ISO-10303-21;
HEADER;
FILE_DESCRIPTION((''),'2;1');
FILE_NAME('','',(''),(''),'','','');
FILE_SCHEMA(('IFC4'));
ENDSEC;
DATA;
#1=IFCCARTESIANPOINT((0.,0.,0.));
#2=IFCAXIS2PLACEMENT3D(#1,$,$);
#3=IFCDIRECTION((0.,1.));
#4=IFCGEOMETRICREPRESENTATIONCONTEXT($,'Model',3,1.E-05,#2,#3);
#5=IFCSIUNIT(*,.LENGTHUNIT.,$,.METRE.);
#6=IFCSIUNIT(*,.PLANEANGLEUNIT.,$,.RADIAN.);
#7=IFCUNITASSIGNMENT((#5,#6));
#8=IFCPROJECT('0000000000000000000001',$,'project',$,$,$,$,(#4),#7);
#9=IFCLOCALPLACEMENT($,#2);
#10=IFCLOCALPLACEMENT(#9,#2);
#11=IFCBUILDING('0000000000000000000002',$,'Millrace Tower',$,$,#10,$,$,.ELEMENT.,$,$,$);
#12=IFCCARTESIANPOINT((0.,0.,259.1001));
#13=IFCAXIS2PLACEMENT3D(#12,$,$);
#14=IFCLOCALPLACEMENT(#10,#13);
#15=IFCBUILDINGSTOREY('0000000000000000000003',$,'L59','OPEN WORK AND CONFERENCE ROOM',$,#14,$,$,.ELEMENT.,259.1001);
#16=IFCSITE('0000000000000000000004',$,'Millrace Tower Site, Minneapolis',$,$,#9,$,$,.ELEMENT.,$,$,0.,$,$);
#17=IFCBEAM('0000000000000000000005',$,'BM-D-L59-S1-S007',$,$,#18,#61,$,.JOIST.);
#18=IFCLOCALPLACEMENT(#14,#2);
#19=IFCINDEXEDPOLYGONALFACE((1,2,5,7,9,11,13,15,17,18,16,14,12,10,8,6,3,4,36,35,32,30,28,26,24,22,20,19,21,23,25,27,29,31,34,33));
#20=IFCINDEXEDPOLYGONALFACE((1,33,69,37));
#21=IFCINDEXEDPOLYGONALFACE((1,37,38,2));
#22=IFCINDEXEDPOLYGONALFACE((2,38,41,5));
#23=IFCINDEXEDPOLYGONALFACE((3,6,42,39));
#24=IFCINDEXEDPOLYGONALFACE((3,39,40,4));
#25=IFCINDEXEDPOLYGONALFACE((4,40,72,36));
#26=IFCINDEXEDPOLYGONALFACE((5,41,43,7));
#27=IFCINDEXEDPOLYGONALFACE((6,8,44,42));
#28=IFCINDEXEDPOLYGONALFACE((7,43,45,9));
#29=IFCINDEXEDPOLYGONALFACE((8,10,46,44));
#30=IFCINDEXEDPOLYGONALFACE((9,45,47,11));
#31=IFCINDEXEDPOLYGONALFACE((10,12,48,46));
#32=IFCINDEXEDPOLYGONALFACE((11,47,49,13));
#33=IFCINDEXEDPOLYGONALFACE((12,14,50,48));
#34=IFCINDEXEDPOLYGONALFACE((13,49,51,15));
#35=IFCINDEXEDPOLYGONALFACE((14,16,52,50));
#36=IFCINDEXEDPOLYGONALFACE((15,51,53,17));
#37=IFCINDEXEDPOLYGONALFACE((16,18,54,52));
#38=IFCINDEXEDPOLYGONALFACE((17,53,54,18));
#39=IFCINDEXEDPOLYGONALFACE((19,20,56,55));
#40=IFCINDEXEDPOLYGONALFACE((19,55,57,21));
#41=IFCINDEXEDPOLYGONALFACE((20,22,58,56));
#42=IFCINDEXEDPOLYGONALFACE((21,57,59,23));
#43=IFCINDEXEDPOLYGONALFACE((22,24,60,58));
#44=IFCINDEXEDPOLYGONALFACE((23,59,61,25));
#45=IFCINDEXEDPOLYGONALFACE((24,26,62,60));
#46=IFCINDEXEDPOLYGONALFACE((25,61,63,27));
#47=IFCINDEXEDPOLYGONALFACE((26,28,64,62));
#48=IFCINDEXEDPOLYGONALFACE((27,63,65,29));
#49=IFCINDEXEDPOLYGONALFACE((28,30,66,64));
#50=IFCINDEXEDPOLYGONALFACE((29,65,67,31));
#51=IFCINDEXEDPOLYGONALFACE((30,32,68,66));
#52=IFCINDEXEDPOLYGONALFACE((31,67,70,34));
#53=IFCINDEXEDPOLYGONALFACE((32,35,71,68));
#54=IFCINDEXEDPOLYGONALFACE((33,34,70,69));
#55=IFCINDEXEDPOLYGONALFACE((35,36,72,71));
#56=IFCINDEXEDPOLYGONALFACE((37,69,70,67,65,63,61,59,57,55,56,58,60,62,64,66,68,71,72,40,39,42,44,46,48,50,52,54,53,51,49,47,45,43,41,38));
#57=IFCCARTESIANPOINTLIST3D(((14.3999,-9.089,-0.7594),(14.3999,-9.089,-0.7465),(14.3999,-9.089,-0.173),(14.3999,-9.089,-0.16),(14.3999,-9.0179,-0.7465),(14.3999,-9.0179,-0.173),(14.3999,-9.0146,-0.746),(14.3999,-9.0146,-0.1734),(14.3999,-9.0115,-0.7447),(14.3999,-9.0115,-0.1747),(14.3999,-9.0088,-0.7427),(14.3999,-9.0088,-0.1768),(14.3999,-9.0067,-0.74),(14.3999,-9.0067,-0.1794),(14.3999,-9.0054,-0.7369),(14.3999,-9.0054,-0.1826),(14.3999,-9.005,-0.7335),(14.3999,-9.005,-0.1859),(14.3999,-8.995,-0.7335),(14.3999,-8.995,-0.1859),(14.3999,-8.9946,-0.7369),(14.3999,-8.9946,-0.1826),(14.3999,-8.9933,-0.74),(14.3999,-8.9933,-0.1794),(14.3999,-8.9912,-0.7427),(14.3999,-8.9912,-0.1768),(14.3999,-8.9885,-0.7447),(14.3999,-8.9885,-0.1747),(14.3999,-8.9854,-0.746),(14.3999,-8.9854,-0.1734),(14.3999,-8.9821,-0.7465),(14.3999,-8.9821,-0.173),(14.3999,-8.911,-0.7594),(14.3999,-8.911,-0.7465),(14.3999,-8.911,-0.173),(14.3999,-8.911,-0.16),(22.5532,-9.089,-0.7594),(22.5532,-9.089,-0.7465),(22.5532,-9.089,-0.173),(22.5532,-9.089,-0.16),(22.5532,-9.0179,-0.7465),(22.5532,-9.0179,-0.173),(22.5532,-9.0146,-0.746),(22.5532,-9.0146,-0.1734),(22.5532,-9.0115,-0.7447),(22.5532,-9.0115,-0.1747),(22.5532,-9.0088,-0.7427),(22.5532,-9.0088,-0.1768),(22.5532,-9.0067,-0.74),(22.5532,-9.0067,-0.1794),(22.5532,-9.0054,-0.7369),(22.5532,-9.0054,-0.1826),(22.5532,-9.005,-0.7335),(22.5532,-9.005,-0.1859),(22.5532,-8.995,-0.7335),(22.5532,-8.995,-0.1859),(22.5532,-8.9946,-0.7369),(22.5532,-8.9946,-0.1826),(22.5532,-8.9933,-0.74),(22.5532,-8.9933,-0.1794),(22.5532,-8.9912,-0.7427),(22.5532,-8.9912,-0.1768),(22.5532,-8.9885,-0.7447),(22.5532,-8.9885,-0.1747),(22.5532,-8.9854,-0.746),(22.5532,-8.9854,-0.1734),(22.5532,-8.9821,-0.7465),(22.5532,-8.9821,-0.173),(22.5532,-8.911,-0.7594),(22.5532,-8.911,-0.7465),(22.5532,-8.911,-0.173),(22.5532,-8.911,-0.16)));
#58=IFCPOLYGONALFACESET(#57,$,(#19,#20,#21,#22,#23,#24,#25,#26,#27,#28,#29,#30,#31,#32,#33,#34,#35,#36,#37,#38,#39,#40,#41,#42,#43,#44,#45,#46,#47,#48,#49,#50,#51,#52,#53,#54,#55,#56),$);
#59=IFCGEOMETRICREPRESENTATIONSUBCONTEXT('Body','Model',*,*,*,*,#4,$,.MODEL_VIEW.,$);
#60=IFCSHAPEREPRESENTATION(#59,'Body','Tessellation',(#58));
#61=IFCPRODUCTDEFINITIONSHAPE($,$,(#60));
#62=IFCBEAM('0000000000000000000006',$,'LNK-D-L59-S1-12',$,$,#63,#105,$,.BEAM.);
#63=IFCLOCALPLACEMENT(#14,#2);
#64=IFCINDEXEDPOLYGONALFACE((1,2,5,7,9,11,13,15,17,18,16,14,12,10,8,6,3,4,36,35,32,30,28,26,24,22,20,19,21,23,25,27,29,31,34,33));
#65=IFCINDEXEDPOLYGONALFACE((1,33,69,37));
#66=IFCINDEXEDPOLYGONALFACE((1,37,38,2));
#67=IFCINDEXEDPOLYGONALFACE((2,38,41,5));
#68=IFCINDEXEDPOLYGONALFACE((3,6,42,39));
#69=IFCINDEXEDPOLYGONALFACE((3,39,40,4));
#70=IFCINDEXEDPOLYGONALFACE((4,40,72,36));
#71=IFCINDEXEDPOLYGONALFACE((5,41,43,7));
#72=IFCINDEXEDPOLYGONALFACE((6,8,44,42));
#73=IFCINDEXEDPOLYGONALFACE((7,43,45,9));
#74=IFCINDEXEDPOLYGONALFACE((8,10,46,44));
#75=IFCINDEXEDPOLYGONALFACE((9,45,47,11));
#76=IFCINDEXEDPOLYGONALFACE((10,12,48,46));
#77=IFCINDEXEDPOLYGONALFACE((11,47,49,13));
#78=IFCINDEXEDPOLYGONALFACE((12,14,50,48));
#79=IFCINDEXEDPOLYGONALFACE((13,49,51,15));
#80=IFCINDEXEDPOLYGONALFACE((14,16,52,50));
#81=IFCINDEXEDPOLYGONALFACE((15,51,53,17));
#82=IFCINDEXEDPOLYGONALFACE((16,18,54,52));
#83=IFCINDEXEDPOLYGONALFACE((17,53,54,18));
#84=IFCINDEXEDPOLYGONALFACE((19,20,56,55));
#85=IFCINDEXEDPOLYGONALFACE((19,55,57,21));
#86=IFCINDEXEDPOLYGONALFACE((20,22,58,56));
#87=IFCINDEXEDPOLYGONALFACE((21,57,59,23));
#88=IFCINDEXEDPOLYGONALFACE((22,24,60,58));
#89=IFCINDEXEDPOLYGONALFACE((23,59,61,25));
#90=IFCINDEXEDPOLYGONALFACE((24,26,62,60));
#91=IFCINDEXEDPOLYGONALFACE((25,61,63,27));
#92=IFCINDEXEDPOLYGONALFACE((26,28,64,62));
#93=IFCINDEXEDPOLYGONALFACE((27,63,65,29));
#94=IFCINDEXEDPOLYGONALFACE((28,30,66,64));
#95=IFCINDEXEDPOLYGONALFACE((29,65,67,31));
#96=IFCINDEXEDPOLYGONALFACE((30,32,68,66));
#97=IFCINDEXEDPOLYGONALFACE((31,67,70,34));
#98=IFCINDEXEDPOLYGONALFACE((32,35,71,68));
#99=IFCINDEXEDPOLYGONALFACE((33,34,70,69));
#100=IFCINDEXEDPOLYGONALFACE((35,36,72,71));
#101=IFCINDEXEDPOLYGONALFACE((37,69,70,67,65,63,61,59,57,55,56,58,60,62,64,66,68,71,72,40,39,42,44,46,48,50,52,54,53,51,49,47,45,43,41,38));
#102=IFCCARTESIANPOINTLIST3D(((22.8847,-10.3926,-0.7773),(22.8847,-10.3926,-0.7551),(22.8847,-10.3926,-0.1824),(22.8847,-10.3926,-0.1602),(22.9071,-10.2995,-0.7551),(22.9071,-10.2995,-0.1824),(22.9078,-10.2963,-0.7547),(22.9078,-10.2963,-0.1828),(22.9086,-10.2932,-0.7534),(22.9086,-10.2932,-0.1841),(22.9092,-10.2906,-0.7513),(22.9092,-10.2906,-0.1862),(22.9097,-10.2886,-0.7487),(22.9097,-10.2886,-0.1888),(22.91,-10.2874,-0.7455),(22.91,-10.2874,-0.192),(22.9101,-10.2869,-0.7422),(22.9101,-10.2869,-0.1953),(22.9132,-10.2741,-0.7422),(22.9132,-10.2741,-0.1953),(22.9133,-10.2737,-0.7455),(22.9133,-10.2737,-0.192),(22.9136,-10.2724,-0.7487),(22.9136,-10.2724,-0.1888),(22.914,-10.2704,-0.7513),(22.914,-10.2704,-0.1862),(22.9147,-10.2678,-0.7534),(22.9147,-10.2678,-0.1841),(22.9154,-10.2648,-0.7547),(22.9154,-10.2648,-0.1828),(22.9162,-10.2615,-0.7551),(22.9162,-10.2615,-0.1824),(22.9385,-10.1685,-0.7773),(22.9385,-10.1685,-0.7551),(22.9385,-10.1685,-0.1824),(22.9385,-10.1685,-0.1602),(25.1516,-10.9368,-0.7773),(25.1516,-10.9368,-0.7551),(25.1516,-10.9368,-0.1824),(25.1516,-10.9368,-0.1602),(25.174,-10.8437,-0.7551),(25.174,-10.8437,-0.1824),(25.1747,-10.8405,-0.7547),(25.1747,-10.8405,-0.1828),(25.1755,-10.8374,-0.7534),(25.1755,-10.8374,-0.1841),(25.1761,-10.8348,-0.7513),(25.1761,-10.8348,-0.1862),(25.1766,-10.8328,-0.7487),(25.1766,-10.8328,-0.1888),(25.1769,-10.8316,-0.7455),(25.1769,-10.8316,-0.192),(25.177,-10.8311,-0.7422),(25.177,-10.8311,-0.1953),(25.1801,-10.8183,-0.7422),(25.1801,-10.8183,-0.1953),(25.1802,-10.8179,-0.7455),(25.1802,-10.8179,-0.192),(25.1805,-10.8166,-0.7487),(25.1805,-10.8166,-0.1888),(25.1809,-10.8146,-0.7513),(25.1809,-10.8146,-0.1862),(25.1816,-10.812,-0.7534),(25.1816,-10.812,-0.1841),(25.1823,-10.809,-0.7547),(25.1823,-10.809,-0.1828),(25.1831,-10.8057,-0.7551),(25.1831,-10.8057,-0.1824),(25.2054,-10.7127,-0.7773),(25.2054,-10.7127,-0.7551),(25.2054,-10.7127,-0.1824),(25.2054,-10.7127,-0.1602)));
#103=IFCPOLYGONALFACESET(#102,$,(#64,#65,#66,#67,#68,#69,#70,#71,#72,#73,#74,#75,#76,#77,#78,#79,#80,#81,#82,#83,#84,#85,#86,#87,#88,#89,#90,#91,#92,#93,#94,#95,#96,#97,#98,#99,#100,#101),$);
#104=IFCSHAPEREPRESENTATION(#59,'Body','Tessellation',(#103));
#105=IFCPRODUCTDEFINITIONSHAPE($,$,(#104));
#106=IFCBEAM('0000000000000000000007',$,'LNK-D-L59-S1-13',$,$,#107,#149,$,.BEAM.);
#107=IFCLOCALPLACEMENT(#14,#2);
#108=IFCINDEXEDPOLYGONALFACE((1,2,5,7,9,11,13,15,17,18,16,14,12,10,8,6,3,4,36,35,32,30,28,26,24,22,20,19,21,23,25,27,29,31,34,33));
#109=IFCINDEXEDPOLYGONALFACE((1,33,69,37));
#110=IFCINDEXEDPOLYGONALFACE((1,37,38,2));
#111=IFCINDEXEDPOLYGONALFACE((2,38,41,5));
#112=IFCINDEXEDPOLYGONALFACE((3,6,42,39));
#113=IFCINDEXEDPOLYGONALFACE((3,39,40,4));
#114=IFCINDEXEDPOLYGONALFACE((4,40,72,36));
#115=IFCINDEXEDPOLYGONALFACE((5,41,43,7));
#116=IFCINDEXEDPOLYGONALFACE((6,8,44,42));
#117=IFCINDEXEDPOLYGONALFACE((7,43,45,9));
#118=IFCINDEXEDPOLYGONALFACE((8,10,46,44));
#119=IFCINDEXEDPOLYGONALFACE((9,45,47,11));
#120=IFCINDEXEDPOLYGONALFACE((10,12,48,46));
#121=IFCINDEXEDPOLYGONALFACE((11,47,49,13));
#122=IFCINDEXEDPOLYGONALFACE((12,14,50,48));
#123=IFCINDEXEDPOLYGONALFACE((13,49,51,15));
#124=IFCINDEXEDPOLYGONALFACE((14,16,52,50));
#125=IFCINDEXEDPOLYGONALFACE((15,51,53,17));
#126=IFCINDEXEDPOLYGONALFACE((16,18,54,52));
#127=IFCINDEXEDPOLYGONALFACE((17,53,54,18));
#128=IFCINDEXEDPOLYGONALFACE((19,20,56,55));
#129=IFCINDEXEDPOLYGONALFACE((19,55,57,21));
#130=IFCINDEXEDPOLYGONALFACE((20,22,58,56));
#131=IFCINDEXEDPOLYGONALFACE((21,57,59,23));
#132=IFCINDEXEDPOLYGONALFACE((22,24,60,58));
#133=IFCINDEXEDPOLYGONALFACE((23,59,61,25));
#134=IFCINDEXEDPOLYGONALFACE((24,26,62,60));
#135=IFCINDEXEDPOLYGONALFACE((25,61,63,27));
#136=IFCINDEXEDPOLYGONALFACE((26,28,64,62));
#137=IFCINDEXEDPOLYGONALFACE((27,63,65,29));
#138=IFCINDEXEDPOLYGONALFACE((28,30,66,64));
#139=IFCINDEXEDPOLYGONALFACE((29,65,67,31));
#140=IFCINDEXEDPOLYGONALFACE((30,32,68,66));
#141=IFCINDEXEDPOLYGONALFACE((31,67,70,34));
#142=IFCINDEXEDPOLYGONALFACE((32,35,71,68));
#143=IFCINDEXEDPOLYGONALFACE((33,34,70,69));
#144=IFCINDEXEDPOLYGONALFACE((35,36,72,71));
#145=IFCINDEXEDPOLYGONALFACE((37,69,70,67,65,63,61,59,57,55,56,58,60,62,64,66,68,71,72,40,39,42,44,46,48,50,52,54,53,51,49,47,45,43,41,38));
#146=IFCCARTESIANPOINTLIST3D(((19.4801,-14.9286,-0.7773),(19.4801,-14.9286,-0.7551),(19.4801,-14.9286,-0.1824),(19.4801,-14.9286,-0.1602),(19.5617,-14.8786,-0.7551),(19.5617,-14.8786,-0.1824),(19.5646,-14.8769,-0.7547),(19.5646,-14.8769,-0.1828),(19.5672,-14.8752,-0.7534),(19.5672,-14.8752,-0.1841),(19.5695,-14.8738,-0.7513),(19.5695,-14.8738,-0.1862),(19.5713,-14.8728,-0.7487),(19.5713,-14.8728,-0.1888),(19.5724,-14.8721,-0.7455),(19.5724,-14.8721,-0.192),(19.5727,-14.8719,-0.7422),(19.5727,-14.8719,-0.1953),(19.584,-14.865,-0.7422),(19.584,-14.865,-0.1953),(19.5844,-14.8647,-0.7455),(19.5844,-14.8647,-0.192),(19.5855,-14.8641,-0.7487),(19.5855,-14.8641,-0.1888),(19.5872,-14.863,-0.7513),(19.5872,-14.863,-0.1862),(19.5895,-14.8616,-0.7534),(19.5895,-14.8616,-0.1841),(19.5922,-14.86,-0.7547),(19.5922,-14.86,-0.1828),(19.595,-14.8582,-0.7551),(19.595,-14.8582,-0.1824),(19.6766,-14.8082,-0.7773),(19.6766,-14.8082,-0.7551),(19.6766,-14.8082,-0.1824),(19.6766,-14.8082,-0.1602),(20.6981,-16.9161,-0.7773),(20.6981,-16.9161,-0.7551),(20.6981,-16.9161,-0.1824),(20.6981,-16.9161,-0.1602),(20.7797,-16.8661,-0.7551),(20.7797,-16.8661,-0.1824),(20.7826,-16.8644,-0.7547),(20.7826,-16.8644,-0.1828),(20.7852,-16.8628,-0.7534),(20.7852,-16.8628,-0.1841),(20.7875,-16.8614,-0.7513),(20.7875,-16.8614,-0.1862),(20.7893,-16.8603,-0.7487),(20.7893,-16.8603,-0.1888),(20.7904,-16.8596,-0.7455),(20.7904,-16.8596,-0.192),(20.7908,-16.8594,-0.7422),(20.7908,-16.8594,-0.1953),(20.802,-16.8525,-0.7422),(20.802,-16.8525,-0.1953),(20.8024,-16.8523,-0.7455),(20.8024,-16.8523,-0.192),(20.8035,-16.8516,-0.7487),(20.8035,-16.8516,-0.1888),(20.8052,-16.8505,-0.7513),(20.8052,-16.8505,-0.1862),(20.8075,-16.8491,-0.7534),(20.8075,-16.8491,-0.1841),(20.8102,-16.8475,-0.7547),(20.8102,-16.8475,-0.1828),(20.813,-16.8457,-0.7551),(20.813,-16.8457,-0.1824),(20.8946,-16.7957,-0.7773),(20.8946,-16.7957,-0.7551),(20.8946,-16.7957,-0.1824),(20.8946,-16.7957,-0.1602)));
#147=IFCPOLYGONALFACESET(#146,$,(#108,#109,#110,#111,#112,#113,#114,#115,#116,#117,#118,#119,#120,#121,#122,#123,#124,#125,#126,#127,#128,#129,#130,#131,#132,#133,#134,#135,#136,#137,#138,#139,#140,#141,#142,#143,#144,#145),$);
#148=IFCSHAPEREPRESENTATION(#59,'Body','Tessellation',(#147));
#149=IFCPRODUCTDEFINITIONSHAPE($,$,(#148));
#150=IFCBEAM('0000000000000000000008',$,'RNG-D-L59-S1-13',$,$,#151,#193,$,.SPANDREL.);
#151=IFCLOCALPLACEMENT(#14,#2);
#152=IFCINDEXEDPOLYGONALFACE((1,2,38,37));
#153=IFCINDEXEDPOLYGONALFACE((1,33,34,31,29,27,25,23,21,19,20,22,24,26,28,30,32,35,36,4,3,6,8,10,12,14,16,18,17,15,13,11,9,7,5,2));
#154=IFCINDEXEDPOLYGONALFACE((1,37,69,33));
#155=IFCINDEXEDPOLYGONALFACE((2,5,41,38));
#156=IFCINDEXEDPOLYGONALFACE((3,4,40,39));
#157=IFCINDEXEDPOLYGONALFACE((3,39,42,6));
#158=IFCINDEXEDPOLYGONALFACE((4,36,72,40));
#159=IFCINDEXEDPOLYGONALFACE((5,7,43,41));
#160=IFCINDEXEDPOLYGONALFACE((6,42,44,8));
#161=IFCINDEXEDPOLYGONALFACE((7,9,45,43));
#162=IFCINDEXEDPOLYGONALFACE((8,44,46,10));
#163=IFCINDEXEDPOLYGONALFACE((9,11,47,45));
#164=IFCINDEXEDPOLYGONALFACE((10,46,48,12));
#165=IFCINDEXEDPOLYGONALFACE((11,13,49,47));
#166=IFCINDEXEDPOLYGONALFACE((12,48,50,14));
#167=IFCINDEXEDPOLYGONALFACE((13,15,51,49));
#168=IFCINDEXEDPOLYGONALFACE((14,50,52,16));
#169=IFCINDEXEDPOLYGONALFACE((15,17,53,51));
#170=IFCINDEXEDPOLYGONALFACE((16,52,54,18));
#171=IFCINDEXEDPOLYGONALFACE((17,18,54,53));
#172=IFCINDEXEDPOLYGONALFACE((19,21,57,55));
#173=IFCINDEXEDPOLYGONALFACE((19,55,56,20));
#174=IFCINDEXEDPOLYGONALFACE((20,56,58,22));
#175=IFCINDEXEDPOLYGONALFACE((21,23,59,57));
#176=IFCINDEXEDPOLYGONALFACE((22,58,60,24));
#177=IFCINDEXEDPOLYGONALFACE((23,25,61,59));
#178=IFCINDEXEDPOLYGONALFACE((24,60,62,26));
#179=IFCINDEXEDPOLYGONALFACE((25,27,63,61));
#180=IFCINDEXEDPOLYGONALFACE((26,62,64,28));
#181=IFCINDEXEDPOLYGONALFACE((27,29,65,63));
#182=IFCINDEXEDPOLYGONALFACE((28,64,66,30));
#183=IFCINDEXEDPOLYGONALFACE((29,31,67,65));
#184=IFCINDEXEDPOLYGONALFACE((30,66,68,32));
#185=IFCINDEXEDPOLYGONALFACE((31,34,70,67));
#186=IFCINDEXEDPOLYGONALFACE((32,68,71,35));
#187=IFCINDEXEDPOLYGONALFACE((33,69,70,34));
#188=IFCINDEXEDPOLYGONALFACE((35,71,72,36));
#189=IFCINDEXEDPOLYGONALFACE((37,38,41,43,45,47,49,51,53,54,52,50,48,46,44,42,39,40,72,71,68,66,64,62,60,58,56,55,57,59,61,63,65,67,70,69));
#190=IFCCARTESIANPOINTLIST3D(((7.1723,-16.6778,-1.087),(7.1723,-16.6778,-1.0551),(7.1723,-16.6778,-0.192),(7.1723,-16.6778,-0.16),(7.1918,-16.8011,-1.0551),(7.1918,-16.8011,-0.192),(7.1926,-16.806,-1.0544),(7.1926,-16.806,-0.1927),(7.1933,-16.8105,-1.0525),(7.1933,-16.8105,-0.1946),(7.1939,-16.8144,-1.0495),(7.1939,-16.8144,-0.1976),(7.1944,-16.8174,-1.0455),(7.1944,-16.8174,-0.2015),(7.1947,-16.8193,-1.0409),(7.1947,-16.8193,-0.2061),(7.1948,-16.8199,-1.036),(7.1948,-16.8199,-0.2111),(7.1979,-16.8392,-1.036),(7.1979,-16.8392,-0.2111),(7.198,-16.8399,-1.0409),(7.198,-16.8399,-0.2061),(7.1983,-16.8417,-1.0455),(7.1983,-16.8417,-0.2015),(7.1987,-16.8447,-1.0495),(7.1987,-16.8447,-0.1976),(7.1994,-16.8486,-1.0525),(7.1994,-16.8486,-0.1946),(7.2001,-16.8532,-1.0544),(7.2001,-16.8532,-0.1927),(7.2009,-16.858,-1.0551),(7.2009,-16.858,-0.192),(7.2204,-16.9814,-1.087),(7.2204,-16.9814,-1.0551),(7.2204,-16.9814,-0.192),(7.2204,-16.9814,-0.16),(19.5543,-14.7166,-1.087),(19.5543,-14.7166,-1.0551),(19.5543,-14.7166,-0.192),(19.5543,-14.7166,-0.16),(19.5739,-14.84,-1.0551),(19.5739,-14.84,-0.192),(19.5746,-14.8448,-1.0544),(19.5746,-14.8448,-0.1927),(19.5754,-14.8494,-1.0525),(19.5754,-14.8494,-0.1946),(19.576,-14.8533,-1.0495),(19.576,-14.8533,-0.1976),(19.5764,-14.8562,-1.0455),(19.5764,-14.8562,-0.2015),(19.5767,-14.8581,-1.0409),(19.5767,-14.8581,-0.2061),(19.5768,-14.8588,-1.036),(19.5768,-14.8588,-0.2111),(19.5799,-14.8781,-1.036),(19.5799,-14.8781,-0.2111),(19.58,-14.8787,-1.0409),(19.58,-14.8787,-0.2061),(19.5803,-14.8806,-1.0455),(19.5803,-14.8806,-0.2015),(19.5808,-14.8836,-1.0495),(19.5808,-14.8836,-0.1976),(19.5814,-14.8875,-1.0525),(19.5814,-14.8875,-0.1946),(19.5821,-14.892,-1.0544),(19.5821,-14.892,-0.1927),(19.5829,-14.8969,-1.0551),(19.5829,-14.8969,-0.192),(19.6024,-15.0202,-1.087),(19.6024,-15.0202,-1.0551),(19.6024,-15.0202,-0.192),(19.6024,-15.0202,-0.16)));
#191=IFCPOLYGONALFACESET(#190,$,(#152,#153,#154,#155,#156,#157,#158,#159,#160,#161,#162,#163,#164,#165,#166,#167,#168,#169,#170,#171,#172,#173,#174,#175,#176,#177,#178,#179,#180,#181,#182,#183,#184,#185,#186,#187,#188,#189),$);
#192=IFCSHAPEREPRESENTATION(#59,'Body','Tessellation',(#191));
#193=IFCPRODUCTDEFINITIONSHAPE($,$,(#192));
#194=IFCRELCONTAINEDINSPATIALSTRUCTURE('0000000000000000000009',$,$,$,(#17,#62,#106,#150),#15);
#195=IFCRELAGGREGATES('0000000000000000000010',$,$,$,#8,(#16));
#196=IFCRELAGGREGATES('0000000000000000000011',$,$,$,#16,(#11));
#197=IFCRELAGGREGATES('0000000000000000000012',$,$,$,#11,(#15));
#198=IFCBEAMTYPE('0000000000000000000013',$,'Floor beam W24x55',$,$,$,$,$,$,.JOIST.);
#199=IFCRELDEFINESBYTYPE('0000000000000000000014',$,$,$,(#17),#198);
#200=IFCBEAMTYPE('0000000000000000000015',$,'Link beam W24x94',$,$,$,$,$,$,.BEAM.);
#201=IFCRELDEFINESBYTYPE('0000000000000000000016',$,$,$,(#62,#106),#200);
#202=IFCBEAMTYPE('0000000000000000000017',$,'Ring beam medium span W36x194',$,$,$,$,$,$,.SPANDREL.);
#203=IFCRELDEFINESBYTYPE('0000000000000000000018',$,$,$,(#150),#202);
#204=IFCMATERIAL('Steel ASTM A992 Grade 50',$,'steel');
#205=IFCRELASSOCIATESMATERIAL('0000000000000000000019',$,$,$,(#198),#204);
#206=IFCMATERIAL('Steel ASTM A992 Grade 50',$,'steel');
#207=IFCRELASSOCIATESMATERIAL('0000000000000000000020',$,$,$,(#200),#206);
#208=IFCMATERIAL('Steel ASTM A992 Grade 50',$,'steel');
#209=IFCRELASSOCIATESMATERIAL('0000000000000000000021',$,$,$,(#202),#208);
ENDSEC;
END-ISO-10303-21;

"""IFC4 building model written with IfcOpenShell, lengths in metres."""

from ifc_helpers import new_model, si_unit, direction, frame, origin, origin_2d, place, context, subcontext, project, spatial, i_section, extrude, material, material_profile, profile_set, type_object, element, save


model = new_model("IFC4")

# Units and contexts
model_context = context("Model", 3, precision=1e-05, world=origin(), true_north=direction((0.0, 1.0)))
body_context = subcontext(model_context, "Body", "Model", "MODEL_VIEW")
ifc_project = project(units=[si_unit("LENGTHUNIT", "METRE"), si_unit("PLANEANGLEUNIT", "RADIAN")], contexts=[model_context])

# Site, building, storey
site_placement = place(None, origin())
site = spatial("IfcSite", under=ifc_project, at=site_placement, Name="Millrace Tower Site, Minneapolis", CompositionType="ELEMENT", RefElevation=0.0)
building_placement = place(site_placement, origin())
building = spatial("IfcBuilding", under=site, at=building_placement, Name="Millrace Tower", CompositionType="ELEMENT")
storey_placement = place(building_placement, frame((0.0, 0.0, 259.1001)))
storey = spatial("IfcBuildingStorey", under=building, at=storey_placement, Name="L59", Description="OPEN WORK AND CONFERENCE ROOM", CompositionType="ELEMENT", Elevation=259.1001)

# Beams
ifc_material_1 = material(Name="Steel ASTM A992 Grade 50", Category="steel")
ifc_material_profile_1 = material_profile(ifc_material_1, i_section(OverallWidth=0.178, OverallDepth=0.5994, WebThickness=0.01, FlangeThickness=0.0129, FilletRadius=0.0129, at=origin_2d()))
ifc_profile_set_1 = profile_set([ifc_material_profile_1], Name="Steel ASTM A992 Grade 50")
beam_type_1 = type_object("IfcBeamType", Name="Floor beam W24x55", PredefinedType="JOIST", material=ifc_profile_set_1)
beam_1_placement = place(storey_placement, frame((14.3999, -9.0, -0.4597), z_axis=(1.0, 0.0, 0.0), x_axis=(0.0, 1.0, 0.0)))
element("IfcBeam", 1, at=beam_1_placement, inside=storey, type_object=beam_type_1, Name="BM-D-L59-S1-S007", PredefinedType="JOIST", context=body_context, shape_type="SweptSolid", body=[
    extrude(i_section(OverallWidth=0.178, OverallDepth=0.5994, WebThickness=0.01, FlangeThickness=0.0129, FilletRadius=0.0129, at=origin_2d()), origin(), (0.0, 0.0, 1.0), 8.1533),
])
ifc_material_2 = material(Name="Steel ASTM A992 Grade 50", Category="steel")
ifc_material_profile_2 = material_profile(ifc_material_2, i_section(OverallWidth=0.2305, OverallDepth=0.6172, WebThickness=0.0132, FlangeThickness=0.0222, FilletRadius=0.0129, at=origin_2d()))
ifc_profile_set_2 = profile_set([ifc_material_profile_2], Name="Steel ASTM A992 Grade 50")
beam_type_2 = type_object("IfcBeamType", Name="Link beam W24x94", PredefinedType="BEAM", material=ifc_profile_set_2)
beam_2_placement = place(storey_placement, frame((22.9116, -10.2805, -0.4688), z_axis=(0.972373, -0.233432, 0.0), x_axis=(0.233432, 0.972373, 0.0)))
element("IfcBeam", 2, at=beam_2_placement, inside=storey, type_object=beam_type_2, Name="LNK-D-L59-S1-12", PredefinedType="BEAM", context=body_context, shape_type="SweptSolid", body=[
    extrude(i_section(OverallWidth=0.2305, OverallDepth=0.6172, WebThickness=0.0132, FlangeThickness=0.0222, FilletRadius=0.0129, at=origin_2d()), origin(), (0.0, 0.0, 1.0), 2.3313),
])
beam_3_placement = place(storey_placement, frame((19.5784, -14.8684, -0.4688), z_axis=(0.522513, -0.852631, 0.0), x_axis=(0.852631, 0.522513, 0.0)))
element("IfcBeam", 3, at=beam_3_placement, inside=storey, type_object=beam_type_2, Name="LNK-D-L59-S1-13", PredefinedType="BEAM", context=body_context, shape_type="SweptSolid", body=[
    extrude(i_section(OverallWidth=0.2305, OverallDepth=0.6172, WebThickness=0.0132, FlangeThickness=0.0222, FilletRadius=0.0129, at=origin_2d()), origin(), (0.0, 0.0, 1.0), 2.3311),
])
ifc_material_3 = material(Name="Steel ASTM A992 Grade 50", Category="steel")
ifc_material_profile_3 = material_profile(ifc_material_3, i_section(OverallWidth=0.3074, OverallDepth=0.927, WebThickness=0.0195, FlangeThickness=0.032, FilletRadius=0.019, at=origin_2d()))
ifc_profile_set_3 = profile_set([ifc_material_profile_3], Name="Steel ASTM A992 Grade 50")
beam_type_3 = type_object("IfcBeamType", Name="Ring beam medium span W36x194", PredefinedType="SPANDREL", material=ifc_profile_set_3)
beam_4_placement = place(storey_placement, frame((19.5784, -14.8684, -0.6235), z_axis=(-0.987688, -0.156439, 0.0), x_axis=(0.156439, -0.987688, 0.0)))
element("IfcBeam", 4, at=beam_4_placement, inside=storey, type_object=beam_type_3, Name="RNG-D-L59-S1-13", PredefinedType="SPANDREL", context=body_context, shape_type="SweptSolid", body=[
    extrude(i_section(OverallWidth=0.3074, OverallDepth=0.927, WebThickness=0.0195, FlangeThickness=0.032, FilletRadius=0.019, at=origin_2d()), origin(), (0.0, 0.0, 1.0), 12.5364),
])

save(model, "model.ifc")
